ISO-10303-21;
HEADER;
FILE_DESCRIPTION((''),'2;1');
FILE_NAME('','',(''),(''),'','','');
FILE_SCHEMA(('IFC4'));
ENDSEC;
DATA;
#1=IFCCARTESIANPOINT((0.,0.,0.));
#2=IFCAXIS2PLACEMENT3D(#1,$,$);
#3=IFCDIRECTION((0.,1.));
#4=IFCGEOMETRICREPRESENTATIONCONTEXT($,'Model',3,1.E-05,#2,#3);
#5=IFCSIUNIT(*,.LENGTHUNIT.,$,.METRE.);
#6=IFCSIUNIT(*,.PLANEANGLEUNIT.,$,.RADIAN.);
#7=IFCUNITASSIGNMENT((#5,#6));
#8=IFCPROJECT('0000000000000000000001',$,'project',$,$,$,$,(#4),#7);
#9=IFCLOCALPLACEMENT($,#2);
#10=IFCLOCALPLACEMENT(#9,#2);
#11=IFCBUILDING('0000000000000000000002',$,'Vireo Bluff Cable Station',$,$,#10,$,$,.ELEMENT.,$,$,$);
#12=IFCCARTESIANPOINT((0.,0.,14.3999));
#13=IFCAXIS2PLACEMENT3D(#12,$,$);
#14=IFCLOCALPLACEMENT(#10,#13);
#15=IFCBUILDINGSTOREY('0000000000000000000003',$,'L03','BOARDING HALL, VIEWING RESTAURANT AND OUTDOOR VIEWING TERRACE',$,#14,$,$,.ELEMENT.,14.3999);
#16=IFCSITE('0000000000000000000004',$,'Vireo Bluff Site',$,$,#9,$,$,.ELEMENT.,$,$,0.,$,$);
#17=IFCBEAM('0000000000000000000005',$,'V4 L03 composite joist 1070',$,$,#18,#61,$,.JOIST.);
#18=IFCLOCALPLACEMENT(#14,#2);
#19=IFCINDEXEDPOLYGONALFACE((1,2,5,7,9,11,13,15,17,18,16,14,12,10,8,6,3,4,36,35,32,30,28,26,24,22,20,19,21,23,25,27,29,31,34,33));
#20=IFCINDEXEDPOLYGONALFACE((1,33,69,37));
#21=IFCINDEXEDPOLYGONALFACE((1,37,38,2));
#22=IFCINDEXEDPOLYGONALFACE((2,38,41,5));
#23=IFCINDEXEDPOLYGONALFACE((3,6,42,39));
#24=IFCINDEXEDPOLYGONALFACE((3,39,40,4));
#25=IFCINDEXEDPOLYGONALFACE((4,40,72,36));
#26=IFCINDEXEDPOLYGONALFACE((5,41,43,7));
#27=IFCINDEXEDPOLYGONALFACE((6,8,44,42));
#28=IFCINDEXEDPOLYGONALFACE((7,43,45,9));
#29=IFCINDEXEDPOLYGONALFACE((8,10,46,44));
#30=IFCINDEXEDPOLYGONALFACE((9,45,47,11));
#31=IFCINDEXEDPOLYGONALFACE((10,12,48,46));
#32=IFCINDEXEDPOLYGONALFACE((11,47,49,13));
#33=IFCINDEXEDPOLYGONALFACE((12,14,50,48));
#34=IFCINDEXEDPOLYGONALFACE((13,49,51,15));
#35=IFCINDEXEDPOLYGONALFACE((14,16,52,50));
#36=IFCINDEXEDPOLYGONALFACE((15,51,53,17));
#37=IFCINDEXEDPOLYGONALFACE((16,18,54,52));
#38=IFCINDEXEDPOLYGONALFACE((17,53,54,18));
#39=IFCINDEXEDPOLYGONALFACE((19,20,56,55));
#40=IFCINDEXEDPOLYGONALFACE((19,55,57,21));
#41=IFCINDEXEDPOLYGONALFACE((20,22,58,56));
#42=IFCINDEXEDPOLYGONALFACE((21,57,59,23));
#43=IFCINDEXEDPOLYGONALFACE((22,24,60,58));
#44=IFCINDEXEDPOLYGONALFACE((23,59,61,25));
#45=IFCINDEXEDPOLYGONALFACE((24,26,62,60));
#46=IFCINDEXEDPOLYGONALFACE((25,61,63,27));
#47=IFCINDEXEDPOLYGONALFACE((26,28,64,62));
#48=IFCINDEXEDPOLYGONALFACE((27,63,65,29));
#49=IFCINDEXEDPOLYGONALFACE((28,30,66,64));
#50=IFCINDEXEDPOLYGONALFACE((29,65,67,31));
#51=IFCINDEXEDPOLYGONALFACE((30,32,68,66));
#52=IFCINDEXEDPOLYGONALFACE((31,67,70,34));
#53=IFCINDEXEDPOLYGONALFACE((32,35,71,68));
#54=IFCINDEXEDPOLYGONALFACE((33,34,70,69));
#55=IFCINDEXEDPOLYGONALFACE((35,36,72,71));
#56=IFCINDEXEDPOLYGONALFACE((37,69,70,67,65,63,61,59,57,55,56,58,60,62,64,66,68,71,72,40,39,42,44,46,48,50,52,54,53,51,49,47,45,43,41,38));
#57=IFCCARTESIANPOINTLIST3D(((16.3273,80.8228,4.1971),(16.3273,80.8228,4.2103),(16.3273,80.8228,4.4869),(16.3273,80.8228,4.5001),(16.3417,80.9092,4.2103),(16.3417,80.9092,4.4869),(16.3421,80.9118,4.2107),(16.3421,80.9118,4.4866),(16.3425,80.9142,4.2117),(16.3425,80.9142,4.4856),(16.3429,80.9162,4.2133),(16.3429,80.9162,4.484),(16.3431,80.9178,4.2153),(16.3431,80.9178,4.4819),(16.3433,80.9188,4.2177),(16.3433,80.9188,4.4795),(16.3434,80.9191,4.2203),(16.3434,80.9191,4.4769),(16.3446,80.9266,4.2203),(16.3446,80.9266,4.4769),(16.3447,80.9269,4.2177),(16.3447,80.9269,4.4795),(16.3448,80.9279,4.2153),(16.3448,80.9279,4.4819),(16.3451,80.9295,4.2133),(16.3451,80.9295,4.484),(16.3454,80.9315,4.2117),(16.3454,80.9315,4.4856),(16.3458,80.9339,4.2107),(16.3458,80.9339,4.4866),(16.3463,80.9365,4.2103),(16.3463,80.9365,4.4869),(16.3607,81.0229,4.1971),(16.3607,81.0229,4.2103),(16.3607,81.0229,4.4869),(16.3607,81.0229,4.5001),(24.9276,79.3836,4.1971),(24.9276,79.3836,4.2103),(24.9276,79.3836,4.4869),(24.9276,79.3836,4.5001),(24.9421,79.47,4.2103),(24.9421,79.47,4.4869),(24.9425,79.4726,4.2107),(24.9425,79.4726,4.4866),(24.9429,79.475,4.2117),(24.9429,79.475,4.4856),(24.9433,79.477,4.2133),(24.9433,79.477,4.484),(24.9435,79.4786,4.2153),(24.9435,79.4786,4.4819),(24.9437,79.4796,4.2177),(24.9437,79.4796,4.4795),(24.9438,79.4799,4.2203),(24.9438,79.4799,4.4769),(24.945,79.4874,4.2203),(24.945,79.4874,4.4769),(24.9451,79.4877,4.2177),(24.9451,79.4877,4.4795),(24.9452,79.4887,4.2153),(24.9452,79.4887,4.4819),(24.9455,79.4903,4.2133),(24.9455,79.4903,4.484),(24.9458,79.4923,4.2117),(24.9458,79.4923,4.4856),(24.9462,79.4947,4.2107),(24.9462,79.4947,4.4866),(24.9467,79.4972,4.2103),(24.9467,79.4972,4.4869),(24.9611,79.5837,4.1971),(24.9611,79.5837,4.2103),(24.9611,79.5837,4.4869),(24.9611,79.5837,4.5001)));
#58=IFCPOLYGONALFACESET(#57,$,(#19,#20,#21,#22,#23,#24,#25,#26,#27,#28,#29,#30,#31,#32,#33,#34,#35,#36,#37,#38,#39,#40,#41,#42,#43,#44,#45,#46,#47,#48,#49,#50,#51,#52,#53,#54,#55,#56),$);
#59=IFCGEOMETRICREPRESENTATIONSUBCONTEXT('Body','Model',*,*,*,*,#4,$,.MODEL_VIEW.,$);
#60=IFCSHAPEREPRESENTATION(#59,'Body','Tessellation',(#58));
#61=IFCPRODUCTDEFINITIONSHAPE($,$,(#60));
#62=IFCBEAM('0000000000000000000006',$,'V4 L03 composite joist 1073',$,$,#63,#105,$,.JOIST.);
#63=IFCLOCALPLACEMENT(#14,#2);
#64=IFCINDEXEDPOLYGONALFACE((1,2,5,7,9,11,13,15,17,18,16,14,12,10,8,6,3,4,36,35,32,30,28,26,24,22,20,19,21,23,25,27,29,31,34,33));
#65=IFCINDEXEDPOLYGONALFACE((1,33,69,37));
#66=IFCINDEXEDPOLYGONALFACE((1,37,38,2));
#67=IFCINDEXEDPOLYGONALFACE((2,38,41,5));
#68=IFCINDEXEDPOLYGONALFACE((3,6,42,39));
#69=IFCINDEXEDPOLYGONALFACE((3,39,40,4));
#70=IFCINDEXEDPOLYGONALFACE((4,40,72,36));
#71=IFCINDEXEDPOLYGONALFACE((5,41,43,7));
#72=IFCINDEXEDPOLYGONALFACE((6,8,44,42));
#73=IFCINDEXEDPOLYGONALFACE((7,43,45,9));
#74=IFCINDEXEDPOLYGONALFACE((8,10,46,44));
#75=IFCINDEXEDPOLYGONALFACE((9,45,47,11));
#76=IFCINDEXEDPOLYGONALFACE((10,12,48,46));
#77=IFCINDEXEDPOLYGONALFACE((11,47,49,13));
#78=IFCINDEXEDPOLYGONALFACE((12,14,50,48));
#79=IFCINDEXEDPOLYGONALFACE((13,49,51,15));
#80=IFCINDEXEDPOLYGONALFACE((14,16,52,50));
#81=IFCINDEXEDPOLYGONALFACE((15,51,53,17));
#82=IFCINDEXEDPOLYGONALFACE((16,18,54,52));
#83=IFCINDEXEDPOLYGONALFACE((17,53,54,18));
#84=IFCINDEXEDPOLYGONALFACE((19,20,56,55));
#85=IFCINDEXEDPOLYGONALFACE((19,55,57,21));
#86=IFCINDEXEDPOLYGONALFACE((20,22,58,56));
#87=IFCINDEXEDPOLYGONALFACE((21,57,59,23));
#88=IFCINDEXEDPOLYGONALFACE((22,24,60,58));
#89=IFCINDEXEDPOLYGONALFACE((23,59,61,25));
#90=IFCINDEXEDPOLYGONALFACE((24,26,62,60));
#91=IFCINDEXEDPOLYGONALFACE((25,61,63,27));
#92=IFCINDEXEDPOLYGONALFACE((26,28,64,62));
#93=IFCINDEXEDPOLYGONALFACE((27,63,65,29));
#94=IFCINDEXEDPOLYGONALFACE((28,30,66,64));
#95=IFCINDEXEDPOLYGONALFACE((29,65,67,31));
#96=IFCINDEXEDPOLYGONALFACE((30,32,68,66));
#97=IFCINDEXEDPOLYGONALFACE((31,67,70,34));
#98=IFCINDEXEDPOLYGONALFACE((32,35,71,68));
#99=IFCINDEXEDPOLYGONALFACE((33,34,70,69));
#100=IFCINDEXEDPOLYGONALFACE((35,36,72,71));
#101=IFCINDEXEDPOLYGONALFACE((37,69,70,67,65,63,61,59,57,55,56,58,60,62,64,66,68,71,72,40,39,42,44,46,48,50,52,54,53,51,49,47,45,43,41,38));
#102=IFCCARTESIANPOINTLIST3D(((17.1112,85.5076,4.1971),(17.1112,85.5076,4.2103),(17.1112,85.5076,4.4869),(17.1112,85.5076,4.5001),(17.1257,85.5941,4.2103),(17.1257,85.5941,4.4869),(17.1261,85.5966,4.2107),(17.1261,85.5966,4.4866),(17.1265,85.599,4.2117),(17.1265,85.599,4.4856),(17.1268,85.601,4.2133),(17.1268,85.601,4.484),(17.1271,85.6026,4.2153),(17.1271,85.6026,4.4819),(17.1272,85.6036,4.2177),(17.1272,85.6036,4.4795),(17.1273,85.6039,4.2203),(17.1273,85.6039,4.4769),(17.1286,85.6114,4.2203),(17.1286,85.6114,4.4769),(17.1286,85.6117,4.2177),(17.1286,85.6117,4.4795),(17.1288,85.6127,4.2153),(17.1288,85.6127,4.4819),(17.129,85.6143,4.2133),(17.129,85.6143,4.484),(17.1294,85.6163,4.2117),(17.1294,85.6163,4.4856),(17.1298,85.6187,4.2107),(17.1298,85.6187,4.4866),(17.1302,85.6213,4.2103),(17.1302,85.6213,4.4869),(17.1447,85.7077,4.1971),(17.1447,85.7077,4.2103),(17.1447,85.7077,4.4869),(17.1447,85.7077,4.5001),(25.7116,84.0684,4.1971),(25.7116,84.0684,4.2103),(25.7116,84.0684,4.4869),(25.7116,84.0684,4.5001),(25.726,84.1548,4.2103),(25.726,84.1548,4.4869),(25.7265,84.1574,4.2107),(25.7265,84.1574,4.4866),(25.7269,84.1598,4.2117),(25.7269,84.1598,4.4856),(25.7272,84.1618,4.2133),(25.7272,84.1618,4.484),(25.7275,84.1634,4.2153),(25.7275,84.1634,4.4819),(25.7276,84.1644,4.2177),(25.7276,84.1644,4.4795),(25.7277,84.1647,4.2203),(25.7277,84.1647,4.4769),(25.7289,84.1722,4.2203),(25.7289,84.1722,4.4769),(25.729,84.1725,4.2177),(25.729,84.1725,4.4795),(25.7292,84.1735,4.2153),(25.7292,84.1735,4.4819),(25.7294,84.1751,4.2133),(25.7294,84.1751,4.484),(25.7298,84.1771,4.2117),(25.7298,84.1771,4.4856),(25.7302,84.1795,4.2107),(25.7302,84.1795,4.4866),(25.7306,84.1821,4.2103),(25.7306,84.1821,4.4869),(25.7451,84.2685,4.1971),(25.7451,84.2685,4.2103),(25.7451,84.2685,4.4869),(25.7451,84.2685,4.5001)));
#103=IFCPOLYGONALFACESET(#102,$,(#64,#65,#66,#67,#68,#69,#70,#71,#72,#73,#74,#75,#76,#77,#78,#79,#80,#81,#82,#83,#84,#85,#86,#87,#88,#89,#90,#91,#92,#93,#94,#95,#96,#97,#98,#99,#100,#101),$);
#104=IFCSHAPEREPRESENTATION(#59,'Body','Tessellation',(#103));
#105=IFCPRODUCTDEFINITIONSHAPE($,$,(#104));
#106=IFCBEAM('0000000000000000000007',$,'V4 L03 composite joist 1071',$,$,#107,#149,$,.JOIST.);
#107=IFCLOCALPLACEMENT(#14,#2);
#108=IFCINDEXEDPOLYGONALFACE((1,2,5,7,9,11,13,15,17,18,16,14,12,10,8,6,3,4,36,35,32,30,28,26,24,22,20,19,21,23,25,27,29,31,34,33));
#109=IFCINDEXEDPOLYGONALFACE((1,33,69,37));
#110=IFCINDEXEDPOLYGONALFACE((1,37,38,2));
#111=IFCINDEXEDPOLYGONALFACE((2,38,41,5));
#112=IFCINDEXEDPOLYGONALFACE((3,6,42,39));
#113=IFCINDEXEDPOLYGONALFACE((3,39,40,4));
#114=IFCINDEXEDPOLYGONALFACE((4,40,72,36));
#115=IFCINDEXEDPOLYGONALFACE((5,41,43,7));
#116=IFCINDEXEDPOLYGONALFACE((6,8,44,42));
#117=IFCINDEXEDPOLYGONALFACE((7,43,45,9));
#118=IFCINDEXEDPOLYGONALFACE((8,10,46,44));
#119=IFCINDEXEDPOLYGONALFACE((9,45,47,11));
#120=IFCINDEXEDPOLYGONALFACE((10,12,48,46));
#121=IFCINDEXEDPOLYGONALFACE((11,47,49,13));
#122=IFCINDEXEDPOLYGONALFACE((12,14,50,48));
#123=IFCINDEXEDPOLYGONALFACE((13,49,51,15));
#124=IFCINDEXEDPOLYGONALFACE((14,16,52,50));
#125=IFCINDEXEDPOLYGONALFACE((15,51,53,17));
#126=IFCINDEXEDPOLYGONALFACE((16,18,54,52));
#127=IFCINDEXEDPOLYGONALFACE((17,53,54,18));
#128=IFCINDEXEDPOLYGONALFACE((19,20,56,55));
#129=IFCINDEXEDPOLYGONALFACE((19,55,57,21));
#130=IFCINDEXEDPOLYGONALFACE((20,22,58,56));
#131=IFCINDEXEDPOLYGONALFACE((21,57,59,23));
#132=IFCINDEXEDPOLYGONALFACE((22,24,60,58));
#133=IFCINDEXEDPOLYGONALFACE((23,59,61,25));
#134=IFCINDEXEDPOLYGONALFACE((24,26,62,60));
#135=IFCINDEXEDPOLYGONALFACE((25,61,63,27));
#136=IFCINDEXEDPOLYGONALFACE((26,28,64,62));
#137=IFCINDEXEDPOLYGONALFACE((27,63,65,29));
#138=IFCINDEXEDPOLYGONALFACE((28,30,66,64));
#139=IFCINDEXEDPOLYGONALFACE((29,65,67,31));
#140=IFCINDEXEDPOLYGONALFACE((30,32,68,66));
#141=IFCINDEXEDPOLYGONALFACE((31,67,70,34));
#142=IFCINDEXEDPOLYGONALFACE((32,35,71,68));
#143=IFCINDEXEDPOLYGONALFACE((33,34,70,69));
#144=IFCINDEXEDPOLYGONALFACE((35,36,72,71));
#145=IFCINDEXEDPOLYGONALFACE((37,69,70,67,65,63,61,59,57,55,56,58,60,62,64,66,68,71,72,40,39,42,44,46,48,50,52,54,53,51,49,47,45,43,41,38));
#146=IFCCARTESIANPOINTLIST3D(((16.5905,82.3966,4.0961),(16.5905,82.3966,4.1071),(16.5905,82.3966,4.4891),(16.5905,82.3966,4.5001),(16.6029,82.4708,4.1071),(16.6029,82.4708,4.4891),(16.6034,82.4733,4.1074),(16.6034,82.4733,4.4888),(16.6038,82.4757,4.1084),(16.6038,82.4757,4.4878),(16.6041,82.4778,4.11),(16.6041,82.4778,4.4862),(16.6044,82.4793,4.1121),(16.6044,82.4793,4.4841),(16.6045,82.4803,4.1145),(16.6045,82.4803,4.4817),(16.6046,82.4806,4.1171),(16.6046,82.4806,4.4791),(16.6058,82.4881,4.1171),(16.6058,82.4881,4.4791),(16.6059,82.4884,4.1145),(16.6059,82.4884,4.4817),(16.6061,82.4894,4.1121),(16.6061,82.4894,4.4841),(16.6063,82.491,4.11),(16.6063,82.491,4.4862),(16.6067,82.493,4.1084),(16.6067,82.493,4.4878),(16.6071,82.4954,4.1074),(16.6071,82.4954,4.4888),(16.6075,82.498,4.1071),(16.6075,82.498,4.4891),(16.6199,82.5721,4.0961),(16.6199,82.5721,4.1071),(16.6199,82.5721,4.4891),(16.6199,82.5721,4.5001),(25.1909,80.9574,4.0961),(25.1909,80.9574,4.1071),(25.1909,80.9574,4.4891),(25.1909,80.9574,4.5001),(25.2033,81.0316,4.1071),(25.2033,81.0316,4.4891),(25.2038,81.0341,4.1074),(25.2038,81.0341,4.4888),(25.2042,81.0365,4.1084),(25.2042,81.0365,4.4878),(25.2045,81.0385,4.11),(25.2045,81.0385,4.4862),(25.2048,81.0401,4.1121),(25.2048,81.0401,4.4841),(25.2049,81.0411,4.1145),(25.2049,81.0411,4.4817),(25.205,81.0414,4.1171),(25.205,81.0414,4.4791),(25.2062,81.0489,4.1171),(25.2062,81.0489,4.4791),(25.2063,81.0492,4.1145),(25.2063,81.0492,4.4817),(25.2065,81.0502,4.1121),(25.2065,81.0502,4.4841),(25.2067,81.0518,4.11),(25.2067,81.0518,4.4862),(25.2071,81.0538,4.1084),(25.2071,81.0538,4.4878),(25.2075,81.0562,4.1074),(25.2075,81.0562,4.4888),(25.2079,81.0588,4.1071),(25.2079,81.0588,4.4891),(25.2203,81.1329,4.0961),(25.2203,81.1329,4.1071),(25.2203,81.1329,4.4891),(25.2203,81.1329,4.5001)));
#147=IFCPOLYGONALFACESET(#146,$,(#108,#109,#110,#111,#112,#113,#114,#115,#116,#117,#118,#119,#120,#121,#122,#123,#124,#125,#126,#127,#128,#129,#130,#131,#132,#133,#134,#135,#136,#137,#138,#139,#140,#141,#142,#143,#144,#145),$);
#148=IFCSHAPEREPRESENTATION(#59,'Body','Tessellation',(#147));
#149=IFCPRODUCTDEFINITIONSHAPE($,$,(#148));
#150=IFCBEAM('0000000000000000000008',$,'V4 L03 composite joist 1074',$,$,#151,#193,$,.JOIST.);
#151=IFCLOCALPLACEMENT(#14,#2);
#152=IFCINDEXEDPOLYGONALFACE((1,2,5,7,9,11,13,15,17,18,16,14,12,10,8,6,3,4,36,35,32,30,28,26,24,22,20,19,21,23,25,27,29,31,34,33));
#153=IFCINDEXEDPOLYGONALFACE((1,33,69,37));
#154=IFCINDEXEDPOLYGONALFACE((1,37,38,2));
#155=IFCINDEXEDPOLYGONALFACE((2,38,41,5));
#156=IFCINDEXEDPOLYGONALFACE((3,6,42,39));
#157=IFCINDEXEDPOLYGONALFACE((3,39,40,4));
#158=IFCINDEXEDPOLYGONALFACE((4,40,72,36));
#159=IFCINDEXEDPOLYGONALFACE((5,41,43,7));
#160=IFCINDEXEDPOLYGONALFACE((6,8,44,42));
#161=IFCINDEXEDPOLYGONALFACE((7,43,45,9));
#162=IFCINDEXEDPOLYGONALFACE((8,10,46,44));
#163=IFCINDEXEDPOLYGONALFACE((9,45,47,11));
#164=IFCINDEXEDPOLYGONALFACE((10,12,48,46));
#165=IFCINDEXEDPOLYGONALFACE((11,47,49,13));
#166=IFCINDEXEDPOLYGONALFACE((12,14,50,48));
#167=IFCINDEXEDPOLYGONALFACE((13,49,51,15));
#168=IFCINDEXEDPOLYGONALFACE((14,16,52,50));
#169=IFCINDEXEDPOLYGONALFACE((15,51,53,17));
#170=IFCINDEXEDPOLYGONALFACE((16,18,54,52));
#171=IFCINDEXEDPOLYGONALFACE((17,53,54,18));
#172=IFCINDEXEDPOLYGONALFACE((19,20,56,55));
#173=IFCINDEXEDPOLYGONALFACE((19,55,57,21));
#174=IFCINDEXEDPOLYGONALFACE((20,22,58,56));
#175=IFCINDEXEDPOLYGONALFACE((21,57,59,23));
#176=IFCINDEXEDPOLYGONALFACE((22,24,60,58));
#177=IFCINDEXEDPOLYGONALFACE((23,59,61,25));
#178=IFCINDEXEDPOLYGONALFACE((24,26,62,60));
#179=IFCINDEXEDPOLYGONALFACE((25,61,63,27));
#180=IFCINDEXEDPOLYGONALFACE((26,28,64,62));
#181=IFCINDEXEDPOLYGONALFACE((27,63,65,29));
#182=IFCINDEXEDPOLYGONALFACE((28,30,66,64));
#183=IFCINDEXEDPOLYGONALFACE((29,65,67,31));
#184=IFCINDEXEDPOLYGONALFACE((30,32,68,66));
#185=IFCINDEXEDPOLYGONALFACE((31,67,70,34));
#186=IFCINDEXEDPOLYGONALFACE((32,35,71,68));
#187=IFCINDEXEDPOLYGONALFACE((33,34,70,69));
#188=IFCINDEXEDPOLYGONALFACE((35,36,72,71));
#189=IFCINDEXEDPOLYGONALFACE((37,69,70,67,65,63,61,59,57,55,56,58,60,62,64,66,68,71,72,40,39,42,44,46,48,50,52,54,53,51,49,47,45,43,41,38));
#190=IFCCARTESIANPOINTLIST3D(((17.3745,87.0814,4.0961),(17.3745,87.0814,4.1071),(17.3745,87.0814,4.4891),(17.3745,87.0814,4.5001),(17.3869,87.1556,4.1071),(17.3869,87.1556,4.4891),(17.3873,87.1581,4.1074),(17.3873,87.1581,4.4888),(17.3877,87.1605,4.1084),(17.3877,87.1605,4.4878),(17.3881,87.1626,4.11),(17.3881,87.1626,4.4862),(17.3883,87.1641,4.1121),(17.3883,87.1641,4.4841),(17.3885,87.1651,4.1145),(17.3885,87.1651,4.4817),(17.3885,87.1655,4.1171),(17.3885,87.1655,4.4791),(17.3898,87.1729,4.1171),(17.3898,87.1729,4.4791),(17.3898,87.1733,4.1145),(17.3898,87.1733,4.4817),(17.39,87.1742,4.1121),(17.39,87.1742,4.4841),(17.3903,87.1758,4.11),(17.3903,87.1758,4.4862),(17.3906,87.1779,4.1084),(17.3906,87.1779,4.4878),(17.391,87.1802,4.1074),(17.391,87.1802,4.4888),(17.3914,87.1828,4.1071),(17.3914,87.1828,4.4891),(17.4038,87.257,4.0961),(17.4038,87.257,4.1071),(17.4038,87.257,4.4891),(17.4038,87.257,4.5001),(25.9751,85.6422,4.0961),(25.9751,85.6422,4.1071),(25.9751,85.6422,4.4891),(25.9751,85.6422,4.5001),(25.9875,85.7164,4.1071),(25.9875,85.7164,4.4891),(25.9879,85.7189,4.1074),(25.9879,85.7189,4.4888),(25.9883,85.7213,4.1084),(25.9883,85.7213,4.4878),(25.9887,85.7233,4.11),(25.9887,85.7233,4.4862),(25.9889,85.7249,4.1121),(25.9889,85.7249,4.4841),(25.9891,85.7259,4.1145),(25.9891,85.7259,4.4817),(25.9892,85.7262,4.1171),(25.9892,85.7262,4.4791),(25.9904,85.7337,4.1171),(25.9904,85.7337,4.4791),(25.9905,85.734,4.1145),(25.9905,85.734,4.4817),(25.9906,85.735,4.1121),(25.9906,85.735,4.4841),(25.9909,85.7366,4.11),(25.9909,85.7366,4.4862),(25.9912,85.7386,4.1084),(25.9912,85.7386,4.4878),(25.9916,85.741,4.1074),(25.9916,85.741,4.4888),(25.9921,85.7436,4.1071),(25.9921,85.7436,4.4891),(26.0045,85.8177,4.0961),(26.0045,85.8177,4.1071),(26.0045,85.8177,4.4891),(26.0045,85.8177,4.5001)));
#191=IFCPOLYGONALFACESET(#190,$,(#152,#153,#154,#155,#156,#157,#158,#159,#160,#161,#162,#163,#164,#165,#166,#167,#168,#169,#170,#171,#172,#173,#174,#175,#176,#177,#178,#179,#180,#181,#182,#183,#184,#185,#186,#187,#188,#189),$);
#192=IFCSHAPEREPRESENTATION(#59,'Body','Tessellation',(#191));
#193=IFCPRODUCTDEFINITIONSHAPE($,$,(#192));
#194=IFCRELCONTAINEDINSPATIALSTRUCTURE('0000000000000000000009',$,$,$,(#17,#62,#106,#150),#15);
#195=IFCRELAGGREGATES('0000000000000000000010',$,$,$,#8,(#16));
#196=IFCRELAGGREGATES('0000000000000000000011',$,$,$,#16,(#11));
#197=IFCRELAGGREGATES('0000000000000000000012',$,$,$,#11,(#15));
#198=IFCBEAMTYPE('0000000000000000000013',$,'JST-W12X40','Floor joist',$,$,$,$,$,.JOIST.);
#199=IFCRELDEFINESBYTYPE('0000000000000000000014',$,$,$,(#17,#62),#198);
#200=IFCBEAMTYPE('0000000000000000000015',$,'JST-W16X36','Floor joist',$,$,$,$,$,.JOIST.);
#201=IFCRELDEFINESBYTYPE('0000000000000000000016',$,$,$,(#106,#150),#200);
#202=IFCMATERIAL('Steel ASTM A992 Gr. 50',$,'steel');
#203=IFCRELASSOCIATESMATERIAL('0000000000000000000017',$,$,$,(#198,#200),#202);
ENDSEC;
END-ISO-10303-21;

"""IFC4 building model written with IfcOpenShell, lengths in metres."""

from ifc_helpers import new_model, si_unit, direction, frame, origin, origin_2d, place, context, subcontext, project, spatial, i_section, extrude, material, material_profile, profile_set, type_object, element, save


model = new_model("IFC4")

# Units and contexts
model_context = context("Model", 3, precision=1e-05, world=origin(), true_north=direction((0.0, 1.0)))
body_context = subcontext(model_context, "Body", "Model", "MODEL_VIEW")
ifc_project = project(units=[si_unit("LENGTHUNIT", "METRE"), si_unit("PLANEANGLEUNIT", "RADIAN")], contexts=[model_context])

# Site, building, storey
site_placement = place(None, origin())
site = spatial("IfcSite", under=ifc_project, at=site_placement, Name="Vireo Bluff Site", CompositionType="ELEMENT", RefElevation=0.0)
building_placement = place(site_placement, origin())
building = spatial("IfcBuilding", under=site, at=building_placement, Name="Vireo Bluff Cable Station", CompositionType="ELEMENT")
storey_placement = place(building_placement, frame((0.0, 0.0, 14.3999)))
storey = spatial("IfcBuildingStorey", under=building, at=storey_placement, Name="L03", Description="BOARDING HALL, VIEWING RESTAURANT AND OUTDOOR VIEWING TERRACE", CompositionType="ELEMENT", Elevation=14.3999)

# Shared definitions
ifc_material_1 = material(Name="Steel ASTM A992 Gr. 50", Category="steel")

# Beams
ifc_material_profile_1 = material_profile(ifc_material_1, i_section(OverallWidth=0.2029, OverallDepth=0.303, WebThickness=0.0076, FlangeThickness=0.0132, FilletRadius=0.01, at=origin_2d()), Name="W12X40")
ifc_profile_set_1 = profile_set([ifc_material_profile_1], Name="Steel ASTM A992 Gr. 50")
beam_type_1 = type_object("IfcBeamType", Name="JST-W12X40", Description="Floor joist", PredefinedType="JOIST", material=ifc_profile_set_1)
for number, where, z_axis, x_axis, name in (
    (1, (16.344, 80.9229, 4.3486), (0.986286, -0.165048, 0.0), (0.165048, 0.986286, 0.0), "V4 L03 composite joist 1070"),
    (2, (17.1279, 85.6077, 4.3486), (0.986286, -0.165048, 0.0), (0.165048, 0.986286, 0.0), "V4 L03 composite joist 1073"),
):
    element("IfcBeam", number, at=place(storey_placement, frame(where, z_axis=z_axis, x_axis=x_axis)), inside=storey, type_object=beam_type_1, Name=name, PredefinedType="JOIST", context=body_context, shape_type="SweptSolid", body=[
        extrude(i_section(OverallWidth=0.2029, OverallDepth=0.303, WebThickness=0.0076, FlangeThickness=0.0132, FilletRadius=0.01, at=origin_2d()), origin(), (0.0, 0.0, 1.0), 8.72),
    ])
ifc_material_profile_2 = material_profile(ifc_material_1, i_section(OverallWidth=0.178, OverallDepth=0.4041, WebThickness=0.0076, FlangeThickness=0.011, FilletRadius=0.01, at=origin_2d()), Name="W16X36")
ifc_profile_set_2 = profile_set([ifc_material_profile_2], Name="Steel ASTM A992 Gr. 50")
beam_type_2 = type_object("IfcBeamType", Name="JST-W16X36", Description="Floor joist", PredefinedType="JOIST", material=ifc_profile_set_2)
beam_1_placement = place(storey_placement, frame((16.6052, 82.4844, 4.2981), z_axis=(0.986286, -0.165048, 0.0), x_axis=(0.165048, 0.986286, 0.0)))
element("IfcBeam", 3, at=beam_1_placement, inside=storey, type_object=beam_type_2, Name="V4 L03 composite joist 1071", PredefinedType="JOIST", context=body_context, shape_type="SweptSolid", body=[
    extrude(i_section(OverallWidth=0.178, OverallDepth=0.4041, WebThickness=0.0076, FlangeThickness=0.011, FilletRadius=0.01, at=origin_2d()), origin(), (0.0, 0.0, 1.0), 8.72),
])
beam_2_placement = place(storey_placement, frame((17.3892, 87.1692, 4.2981), z_axis=(0.986286, -0.165044, 0.0), x_axis=(0.165044, 0.986286, 0.0)))
element("IfcBeam", 4, at=beam_2_placement, inside=storey, type_object=beam_type_2, Name="V4 L03 composite joist 1074", PredefinedType="JOIST", context=body_context, shape_type="SweptSolid", body=[
    extrude(i_section(OverallWidth=0.178, OverallDepth=0.4041, WebThickness=0.0076, FlangeThickness=0.011, FilletRadius=0.01, at=origin_2d()), origin(), (0.0, 0.0, 1.0), 8.7202),
])

save(model, "model.ifc")
